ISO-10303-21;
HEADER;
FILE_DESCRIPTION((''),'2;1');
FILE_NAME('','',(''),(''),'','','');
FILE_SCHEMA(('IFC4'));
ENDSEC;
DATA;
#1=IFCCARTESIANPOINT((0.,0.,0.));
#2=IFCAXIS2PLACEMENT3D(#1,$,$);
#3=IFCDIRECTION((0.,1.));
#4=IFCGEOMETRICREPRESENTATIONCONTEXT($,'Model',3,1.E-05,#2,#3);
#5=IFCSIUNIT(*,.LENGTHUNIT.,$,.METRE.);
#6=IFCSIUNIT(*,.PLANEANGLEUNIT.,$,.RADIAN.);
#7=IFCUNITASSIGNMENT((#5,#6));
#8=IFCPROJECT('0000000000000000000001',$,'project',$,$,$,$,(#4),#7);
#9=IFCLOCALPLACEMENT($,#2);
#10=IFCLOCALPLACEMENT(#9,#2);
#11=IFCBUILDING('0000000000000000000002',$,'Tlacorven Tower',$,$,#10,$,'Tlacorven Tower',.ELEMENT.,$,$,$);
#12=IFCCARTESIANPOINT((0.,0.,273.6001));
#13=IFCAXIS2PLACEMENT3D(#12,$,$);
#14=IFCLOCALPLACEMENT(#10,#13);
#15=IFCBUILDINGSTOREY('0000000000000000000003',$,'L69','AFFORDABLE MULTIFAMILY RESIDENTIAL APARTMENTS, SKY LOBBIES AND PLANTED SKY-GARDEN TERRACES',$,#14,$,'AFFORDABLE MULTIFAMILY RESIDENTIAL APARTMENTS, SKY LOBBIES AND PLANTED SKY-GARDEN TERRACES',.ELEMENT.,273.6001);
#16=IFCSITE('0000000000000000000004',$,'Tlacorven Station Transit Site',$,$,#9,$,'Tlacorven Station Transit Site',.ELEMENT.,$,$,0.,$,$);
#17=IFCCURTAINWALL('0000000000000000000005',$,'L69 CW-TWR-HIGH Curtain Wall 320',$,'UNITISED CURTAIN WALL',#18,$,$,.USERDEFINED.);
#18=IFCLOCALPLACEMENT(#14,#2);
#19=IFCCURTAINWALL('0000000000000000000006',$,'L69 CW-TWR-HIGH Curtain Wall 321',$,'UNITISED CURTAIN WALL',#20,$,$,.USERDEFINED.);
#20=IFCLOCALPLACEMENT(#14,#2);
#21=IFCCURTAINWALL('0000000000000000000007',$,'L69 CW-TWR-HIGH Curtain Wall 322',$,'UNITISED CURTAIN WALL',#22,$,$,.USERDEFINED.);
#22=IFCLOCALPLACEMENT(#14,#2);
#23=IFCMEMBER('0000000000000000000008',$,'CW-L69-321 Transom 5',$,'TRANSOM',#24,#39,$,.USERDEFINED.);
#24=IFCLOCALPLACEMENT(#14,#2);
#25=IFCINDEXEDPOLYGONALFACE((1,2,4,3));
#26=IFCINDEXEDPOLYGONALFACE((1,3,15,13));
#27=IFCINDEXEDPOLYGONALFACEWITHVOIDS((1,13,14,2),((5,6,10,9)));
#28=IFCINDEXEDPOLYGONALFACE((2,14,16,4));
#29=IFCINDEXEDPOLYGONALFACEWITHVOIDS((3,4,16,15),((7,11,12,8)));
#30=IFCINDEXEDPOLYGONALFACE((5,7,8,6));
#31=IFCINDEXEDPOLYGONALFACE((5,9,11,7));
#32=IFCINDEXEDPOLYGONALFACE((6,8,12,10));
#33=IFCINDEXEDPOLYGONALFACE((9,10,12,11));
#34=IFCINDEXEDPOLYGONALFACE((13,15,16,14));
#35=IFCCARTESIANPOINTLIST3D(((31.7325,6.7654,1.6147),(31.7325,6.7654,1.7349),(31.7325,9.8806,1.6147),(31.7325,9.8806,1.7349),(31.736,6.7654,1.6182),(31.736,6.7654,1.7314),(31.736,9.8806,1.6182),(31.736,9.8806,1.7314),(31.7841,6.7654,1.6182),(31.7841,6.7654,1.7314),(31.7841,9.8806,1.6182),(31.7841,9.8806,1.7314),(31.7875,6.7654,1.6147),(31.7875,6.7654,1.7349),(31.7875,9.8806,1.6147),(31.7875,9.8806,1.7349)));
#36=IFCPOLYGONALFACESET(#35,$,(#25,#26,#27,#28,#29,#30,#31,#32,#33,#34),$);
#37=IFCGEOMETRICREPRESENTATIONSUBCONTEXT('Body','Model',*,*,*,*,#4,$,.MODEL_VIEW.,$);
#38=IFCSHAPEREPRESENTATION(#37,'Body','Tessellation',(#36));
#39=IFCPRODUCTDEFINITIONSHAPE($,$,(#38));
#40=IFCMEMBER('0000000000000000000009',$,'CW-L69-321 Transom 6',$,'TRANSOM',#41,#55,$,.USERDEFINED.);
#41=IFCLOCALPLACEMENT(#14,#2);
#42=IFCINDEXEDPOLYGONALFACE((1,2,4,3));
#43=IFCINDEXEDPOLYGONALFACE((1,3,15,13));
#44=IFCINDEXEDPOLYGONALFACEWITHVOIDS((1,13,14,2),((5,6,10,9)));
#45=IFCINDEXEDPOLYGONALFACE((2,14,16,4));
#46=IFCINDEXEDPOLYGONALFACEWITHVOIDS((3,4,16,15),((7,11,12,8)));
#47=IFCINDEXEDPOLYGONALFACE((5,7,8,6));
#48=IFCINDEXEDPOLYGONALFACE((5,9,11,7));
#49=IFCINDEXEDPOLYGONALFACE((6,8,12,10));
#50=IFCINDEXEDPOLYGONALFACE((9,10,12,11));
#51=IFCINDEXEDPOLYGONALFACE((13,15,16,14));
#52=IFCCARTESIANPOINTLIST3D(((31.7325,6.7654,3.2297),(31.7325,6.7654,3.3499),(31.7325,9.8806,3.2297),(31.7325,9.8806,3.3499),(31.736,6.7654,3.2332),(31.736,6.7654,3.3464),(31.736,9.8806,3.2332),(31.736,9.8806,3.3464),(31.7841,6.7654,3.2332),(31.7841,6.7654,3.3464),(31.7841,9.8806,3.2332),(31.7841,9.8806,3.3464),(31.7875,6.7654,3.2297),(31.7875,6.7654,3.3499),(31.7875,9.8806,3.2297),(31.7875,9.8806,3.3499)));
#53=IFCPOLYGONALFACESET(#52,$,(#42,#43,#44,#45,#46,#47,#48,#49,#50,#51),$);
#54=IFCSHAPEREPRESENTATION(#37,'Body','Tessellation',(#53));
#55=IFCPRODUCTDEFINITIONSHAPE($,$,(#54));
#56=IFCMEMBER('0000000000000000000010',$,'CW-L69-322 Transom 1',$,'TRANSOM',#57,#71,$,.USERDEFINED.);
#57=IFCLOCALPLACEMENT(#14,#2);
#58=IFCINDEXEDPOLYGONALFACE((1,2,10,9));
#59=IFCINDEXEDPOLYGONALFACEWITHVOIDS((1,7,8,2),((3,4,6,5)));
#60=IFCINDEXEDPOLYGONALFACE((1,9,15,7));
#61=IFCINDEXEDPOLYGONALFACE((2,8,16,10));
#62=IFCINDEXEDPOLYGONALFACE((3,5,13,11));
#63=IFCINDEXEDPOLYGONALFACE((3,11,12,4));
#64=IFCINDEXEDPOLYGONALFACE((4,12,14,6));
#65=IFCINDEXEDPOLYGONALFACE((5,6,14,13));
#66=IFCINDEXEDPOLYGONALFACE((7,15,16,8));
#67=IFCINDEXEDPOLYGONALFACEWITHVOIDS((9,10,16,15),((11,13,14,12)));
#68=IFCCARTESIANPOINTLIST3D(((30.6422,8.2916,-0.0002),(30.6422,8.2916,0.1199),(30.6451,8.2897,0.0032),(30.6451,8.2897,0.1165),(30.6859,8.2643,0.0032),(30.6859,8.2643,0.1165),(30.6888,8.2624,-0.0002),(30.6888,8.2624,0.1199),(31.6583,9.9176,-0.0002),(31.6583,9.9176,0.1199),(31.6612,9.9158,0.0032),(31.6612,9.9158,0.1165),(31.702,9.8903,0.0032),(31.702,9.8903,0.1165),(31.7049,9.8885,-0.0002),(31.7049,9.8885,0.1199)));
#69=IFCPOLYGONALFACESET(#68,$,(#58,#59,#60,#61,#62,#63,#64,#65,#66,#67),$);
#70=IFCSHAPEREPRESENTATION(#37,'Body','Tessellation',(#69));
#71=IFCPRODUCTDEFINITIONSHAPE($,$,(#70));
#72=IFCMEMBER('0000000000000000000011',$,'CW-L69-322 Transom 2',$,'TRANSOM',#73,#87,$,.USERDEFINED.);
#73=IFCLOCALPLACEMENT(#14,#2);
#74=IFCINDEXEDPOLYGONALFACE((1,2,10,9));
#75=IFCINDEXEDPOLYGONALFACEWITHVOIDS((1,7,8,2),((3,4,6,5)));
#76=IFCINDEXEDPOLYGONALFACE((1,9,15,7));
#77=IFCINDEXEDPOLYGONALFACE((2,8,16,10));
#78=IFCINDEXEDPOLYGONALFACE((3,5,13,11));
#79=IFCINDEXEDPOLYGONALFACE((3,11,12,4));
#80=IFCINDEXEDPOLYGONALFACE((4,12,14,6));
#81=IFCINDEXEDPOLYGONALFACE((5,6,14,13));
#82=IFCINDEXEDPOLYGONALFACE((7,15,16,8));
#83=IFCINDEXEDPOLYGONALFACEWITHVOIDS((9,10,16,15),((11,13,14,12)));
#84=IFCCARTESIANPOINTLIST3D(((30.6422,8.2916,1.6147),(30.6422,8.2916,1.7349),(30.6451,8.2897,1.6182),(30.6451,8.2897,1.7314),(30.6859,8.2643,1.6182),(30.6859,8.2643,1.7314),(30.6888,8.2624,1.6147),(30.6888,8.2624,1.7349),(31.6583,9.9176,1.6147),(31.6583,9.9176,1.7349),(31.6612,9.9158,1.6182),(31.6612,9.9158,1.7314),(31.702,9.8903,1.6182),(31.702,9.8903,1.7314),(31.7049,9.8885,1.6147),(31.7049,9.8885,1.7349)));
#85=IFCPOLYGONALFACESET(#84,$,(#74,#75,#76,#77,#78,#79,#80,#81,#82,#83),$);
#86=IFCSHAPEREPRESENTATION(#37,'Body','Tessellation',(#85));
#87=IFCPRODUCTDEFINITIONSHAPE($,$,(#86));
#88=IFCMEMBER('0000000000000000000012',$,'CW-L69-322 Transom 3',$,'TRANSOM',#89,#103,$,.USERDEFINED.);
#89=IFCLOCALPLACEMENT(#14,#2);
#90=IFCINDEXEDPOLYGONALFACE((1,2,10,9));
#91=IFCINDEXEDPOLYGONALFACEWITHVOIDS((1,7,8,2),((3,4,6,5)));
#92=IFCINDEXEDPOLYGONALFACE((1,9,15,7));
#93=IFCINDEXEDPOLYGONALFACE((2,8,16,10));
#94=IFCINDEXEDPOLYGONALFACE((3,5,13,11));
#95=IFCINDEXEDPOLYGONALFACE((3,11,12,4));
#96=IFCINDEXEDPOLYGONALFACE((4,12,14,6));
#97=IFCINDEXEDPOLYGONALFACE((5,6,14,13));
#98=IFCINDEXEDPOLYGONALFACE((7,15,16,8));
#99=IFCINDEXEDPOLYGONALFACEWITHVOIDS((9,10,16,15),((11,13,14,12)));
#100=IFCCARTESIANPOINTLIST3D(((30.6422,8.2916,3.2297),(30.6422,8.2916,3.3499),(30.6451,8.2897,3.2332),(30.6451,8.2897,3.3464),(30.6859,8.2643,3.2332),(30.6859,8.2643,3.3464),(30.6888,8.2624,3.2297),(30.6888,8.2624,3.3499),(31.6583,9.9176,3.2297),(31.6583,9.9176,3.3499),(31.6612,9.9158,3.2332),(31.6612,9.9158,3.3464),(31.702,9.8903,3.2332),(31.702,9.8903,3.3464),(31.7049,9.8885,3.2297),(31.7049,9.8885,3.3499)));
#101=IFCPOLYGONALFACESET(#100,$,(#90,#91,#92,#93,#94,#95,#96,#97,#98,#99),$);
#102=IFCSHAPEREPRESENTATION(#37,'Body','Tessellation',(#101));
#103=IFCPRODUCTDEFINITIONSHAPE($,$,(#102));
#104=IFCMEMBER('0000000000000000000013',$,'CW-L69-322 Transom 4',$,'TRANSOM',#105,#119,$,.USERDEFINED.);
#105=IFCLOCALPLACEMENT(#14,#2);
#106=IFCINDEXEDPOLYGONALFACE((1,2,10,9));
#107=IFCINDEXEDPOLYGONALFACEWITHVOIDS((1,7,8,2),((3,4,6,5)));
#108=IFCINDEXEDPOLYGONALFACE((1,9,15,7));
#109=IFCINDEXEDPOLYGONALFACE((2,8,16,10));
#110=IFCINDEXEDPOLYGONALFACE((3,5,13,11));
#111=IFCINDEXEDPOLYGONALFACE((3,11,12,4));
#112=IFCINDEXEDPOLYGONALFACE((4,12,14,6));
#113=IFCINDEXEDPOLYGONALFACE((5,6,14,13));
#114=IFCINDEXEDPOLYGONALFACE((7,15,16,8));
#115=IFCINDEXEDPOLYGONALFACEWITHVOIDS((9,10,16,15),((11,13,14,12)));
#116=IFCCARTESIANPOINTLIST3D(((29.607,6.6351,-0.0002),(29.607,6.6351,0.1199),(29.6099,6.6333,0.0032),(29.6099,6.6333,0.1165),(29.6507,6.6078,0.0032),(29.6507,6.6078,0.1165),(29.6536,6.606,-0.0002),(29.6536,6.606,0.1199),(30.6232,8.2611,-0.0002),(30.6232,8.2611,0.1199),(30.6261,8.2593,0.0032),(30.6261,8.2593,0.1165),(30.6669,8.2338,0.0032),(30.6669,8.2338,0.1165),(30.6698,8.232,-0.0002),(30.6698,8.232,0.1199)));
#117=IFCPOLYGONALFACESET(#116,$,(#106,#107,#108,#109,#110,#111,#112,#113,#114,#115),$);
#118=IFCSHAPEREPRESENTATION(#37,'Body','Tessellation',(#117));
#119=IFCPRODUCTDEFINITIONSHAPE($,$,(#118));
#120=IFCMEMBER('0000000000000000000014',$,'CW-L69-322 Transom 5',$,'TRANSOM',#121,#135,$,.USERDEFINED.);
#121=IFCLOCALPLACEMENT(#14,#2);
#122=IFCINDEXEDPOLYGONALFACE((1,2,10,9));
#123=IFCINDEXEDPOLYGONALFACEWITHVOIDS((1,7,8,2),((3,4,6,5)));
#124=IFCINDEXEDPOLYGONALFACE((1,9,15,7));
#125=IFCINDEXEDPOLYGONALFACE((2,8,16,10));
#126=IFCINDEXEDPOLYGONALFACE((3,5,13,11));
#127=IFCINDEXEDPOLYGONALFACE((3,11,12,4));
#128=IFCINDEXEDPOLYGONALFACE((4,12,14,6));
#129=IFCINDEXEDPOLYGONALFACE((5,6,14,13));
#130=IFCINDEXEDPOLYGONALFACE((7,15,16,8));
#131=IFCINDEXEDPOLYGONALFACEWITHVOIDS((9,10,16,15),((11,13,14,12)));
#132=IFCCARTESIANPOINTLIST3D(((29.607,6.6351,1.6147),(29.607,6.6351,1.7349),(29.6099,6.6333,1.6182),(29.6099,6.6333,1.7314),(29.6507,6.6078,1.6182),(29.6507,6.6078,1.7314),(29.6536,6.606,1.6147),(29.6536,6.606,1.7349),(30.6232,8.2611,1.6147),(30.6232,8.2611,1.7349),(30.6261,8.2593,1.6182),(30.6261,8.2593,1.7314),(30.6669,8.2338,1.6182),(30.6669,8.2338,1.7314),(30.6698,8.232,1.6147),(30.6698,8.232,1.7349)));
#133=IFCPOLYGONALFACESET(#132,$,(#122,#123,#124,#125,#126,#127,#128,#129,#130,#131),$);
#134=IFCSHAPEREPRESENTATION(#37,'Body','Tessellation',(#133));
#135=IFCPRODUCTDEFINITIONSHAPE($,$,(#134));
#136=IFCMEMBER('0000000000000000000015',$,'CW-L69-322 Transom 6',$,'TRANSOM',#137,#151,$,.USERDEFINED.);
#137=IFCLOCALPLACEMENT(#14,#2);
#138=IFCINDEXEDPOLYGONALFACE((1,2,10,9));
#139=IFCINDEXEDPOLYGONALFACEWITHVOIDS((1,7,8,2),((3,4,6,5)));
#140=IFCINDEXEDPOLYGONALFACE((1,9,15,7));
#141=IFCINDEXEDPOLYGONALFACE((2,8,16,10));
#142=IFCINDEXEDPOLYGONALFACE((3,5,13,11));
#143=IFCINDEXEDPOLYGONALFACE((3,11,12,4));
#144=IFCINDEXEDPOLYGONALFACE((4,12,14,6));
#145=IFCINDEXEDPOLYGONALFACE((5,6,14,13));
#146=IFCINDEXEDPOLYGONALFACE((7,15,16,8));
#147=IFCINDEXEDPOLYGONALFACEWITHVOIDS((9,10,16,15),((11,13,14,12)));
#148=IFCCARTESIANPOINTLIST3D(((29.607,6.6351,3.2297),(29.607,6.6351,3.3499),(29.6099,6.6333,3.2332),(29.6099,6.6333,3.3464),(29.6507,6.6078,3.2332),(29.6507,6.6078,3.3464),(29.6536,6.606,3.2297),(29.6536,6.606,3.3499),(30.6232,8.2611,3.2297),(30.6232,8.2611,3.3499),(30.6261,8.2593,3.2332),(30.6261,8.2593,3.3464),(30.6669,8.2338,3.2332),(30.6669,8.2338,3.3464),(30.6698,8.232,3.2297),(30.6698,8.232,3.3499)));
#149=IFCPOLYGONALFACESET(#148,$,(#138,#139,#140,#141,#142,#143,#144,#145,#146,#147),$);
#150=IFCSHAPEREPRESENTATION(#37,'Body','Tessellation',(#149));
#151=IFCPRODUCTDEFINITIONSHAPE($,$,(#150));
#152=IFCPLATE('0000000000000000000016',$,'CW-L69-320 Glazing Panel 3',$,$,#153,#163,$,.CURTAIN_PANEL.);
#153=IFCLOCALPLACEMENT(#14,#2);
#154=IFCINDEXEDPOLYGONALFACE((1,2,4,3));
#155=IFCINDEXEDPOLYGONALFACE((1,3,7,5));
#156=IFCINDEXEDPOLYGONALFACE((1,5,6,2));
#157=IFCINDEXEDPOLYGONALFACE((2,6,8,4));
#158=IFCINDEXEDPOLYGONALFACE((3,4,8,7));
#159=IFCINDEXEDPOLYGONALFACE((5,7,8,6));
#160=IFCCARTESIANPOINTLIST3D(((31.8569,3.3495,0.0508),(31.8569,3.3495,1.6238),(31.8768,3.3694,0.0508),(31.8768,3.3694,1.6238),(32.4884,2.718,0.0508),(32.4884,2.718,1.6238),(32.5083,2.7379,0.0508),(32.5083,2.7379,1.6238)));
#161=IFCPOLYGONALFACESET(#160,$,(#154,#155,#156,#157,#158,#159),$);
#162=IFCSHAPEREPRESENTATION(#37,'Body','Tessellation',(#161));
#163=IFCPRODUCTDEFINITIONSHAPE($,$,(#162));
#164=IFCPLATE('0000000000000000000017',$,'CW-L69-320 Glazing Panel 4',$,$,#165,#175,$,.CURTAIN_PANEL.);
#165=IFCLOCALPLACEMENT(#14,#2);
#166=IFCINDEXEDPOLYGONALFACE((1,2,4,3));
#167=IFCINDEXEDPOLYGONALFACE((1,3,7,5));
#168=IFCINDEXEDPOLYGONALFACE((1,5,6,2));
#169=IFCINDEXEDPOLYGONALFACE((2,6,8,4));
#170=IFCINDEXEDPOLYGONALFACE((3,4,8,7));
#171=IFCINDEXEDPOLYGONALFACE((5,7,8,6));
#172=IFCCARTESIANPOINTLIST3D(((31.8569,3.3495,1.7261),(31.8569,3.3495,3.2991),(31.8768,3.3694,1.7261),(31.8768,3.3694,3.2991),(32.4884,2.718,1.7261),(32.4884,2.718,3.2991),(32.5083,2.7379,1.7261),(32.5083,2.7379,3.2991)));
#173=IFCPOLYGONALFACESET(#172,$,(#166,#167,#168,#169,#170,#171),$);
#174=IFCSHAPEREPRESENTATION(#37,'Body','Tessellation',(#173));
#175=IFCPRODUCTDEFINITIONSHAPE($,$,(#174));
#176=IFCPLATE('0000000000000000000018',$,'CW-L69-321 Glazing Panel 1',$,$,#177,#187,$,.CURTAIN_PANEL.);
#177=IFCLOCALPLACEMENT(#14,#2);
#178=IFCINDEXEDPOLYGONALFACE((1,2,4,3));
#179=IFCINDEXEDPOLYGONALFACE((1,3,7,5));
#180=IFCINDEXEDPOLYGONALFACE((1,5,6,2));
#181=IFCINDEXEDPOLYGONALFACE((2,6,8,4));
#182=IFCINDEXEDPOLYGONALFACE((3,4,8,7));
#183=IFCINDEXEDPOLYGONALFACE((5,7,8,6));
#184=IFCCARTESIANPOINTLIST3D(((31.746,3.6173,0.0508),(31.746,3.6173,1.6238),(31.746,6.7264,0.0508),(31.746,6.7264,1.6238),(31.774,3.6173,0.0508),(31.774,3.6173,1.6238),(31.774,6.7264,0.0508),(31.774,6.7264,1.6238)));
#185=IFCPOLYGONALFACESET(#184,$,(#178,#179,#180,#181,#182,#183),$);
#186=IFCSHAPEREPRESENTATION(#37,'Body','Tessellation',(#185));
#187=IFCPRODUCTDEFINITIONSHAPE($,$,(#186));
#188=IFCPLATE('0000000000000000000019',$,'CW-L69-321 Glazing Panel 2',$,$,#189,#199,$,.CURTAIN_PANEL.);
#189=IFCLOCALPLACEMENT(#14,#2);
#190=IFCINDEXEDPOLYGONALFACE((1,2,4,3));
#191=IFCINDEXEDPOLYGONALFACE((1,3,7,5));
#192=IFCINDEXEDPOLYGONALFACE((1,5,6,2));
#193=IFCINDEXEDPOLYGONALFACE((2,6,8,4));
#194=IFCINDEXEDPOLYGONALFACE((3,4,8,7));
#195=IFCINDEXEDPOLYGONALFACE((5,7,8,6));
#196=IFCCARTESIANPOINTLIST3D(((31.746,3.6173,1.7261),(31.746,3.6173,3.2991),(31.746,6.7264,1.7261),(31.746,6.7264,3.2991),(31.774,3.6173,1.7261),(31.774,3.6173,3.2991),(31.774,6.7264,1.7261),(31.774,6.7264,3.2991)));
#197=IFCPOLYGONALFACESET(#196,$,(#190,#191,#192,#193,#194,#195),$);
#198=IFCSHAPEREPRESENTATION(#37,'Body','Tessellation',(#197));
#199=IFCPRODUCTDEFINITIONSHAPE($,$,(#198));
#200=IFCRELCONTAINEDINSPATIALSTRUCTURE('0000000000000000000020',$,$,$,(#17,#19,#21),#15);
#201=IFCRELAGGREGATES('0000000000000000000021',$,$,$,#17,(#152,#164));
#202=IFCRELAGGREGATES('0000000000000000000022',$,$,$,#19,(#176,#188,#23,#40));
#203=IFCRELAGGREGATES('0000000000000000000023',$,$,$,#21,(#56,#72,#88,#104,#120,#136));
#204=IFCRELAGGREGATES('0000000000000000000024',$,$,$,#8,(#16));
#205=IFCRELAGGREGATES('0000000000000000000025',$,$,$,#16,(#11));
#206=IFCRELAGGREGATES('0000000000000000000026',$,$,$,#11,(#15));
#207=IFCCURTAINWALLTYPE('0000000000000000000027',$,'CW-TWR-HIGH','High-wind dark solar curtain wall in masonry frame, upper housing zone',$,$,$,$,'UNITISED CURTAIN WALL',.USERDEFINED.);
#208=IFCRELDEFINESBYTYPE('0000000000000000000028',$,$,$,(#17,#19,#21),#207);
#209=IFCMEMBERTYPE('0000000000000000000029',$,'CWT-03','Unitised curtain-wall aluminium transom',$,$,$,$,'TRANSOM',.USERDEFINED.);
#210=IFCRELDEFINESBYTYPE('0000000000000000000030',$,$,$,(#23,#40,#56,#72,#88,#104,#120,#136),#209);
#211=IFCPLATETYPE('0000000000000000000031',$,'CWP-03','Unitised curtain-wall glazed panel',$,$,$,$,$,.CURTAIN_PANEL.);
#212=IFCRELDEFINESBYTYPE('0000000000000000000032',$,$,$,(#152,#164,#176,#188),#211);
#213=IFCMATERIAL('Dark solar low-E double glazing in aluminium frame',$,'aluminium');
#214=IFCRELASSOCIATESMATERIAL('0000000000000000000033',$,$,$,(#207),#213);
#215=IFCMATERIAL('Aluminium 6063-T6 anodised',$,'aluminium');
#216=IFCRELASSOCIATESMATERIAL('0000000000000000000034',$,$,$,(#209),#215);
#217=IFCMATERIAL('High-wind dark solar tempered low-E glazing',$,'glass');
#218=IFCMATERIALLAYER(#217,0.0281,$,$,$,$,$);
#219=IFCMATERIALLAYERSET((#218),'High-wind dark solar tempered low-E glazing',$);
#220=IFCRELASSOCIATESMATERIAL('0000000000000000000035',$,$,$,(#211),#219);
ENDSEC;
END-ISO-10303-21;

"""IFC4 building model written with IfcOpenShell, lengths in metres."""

from ifc_helpers import new_model, si_unit, direction, frame, origin, origin_2d, place, context, subcontext, project, spatial, rectangle, hollow_rectangle, extrude, source, transform, mapped, material, layer, layer_set, material_profile, profile_set, type_object, element, aggregate, save


model = new_model("IFC4")

# Units and contexts
model_context = context("Model", 3, precision=1e-05, world=origin(), true_north=direction((0.0, 1.0)))
body_context = subcontext(model_context, "Body", "Model", "MODEL_VIEW")
ifc_project = project(units=[si_unit("LENGTHUNIT", "METRE"), si_unit("PLANEANGLEUNIT", "RADIAN")], contexts=[model_context])

# Site, building, storey
site_placement = place(None, origin())
site = spatial("IfcSite", under=ifc_project, at=site_placement, Name="Tlacorven Station Transit Site", LongName="Tlacorven Station Transit Site", CompositionType="ELEMENT", RefElevation=0.0)
building_placement = place(site_placement, origin())
building = spatial("IfcBuilding", under=site, at=building_placement, Name="Tlacorven Tower", LongName="Tlacorven Tower", CompositionType="ELEMENT")
storey_placement = place(building_placement, frame((0.0, 0.0, 273.6001)))
storey = spatial("IfcBuildingStorey", under=building, at=storey_placement, Name="L69", Description="AFFORDABLE MULTIFAMILY RESIDENTIAL APARTMENTS, SKY LOBBIES AND PLANTED SKY-GARDEN TERRACES", LongName="AFFORDABLE MULTIFAMILY RESIDENTIAL APARTMENTS, SKY LOBBIES AND PLANTED SKY-GARDEN TERRACES", CompositionType="ELEMENT", Elevation=273.6001)

# Curtain walls
ifc_material_1 = material(Name="Dark solar low-E double glazing in aluminium frame", Category="aluminium")
curtain_wall_type = type_object("IfcCurtainWallType", Name="CW-TWR-HIGH", Description="High-wind dark solar curtain wall in masonry frame, upper housing zone", ElementType="UNITISED CURTAIN WALL", PredefinedType="USERDEFINED", material=ifc_material_1)
curtain_wall_1_placement = place(storey_placement, origin())
curtain_wall_1 = element("IfcCurtainWall", 1, at=curtain_wall_1_placement, inside=storey, type_object=curtain_wall_type, Name="L69 CW-TWR-HIGH Curtain Wall 320", ObjectType="UNITISED CURTAIN WALL", PredefinedType="USERDEFINED")
ifc_material_2 = material(Name="Aluminium 6063-T6 anodised", Category="aluminium")
ifc_material_profile_1 = material_profile(ifc_material_2, hollow_rectangle(XDim=0.0549, YDim=0.1201, WallThickness=0.0034, at=origin_2d()), Name="ALU TRANSOM 55X120")
ifc_profile_set_1 = profile_set([ifc_material_profile_1], Name="Aluminium 6063-T6 anodised")
member_type_1 = type_object("IfcMemberType", Name="CWT-03", Description="Unitised curtain-wall aluminium transom", ElementType="TRANSOM", PredefinedType="USERDEFINED", material=ifc_profile_set_1)
curtain_wall_2_placement = place(storey_placement, origin())
curtain_wall_2 = element("IfcCurtainWall", 2, at=curtain_wall_2_placement, inside=storey, type_object=curtain_wall_type, Name="L69 CW-TWR-HIGH Curtain Wall 321", ObjectType="UNITISED CURTAIN WALL", PredefinedType="USERDEFINED")
curtain_wall_3_placement = place(storey_placement, origin())
curtain_wall_3 = element("IfcCurtainWall", 3, at=curtain_wall_3_placement, inside=storey, type_object=curtain_wall_type, Name="L69 CW-TWR-HIGH Curtain Wall 322", ObjectType="UNITISED CURTAIN WALL", PredefinedType="USERDEFINED")

# Members
shared_shape_1 = source(origin(), body_context, "Body", "SweptSolid", [
    extrude(hollow_rectangle(XDim=0.0549, YDim=0.1201, WallThickness=0.0034, at=origin_2d()), origin(), (0.0, 0.0, 1.0), 3.1152),
])
member_1_placement = place(storey_placement, frame((31.76, 6.7654, 1.6748), z_axis=(0.0, 1.0, 0.0), x_axis=(-1.0, 0.0, 0.0)))
member_1 = element("IfcMember", 4, at=member_1_placement, type_object=member_type_1, Name="CW-L69-321 Transom 5", ObjectType="TRANSOM", PredefinedType="USERDEFINED", context=body_context, shape_type="MappedRepresentation", body=[
    mapped(shared_shape_1, transform((0.0, 0.0, 0.0), scale=1.0)),
])
member_2_placement = place(storey_placement, frame((31.76, 6.7654, 3.2898), z_axis=(0.0, 1.0, 0.0), x_axis=(-1.0, 0.0, 0.0)))
member_2 = element("IfcMember", 5, at=member_2_placement, type_object=member_type_1, Name="CW-L69-321 Transom 6", ObjectType="TRANSOM", PredefinedType="USERDEFINED", context=body_context, shape_type="MappedRepresentation", body=[
    mapped(shared_shape_1, transform((0.0, 0.0, 0.0), scale=1.0)),
])
shared_shape_2 = source(origin(), body_context, "Body", "SweptSolid", [
    extrude(hollow_rectangle(XDim=0.0549, YDim=0.1201, WallThickness=0.0034, at=origin_2d()), origin(), (0.0, 0.0, 1.0), 1.9175),
])
member_3_placement = place(storey_placement, frame((31.6816, 9.9031, 0.0598), z_axis=(-0.529953, -0.848027, 0.0), x_axis=(0.848027, -0.529953, 0.0)))
member_3 = element("IfcMember", 6, at=member_3_placement, type_object=member_type_1, Name="CW-L69-322 Transom 1", ObjectType="TRANSOM", PredefinedType="USERDEFINED", context=body_context, shape_type="MappedRepresentation", body=[
    mapped(shared_shape_2, transform((0.0, 0.0, 0.0), scale=1.0)),
])
member_4_placement = place(storey_placement, frame((31.6816, 9.9031, 1.6748), z_axis=(-0.529953, -0.848027, 0.0), x_axis=(0.848027, -0.529953, 0.0)))
member_4 = element("IfcMember", 7, at=member_4_placement, type_object=member_type_1, Name="CW-L69-322 Transom 2", ObjectType="TRANSOM", PredefinedType="USERDEFINED", context=body_context, shape_type="MappedRepresentation", body=[
    mapped(shared_shape_2, transform((0.0, 0.0, 0.0), scale=1.0)),
])
member_5_placement = place(storey_placement, frame((31.6816, 9.9031, 3.2898), z_axis=(-0.529953, -0.848027, 0.0), x_axis=(0.848027, -0.529953, 0.0)))
member_5 = element("IfcMember", 8, at=member_5_placement, type_object=member_type_1, Name="CW-L69-322 Transom 3", ObjectType="TRANSOM", PredefinedType="USERDEFINED", context=body_context, shape_type="MappedRepresentation", body=[
    mapped(shared_shape_2, transform((0.0, 0.0, 0.0), scale=1.0)),
])
member_6_placement = place(storey_placement, frame((30.6465, 8.2466, 0.0598), z_axis=(-0.529953, -0.848027, 0.0), x_axis=(0.848027, -0.529953, 0.0)))
member_6 = element("IfcMember", 9, at=member_6_placement, type_object=member_type_1, Name="CW-L69-322 Transom 4", ObjectType="TRANSOM", PredefinedType="USERDEFINED", context=body_context, shape_type="MappedRepresentation", body=[
    mapped(shared_shape_2, transform((0.0, 0.0, 0.0), scale=1.0)),
])
member_7_placement = place(storey_placement, frame((30.6465, 8.2466, 1.6748), z_axis=(-0.529953, -0.848027, 0.0), x_axis=(0.848027, -0.529953, 0.0)))
member_7 = element("IfcMember", 10, at=member_7_placement, type_object=member_type_1, Name="CW-L69-322 Transom 5", ObjectType="TRANSOM", PredefinedType="USERDEFINED", context=body_context, shape_type="MappedRepresentation", body=[
    mapped(shared_shape_2, transform((0.0, 0.0, 0.0), scale=1.0)),
])
member_8_placement = place(storey_placement, frame((30.6465, 8.2466, 3.2898), z_axis=(-0.529953, -0.848027, 0.0), x_axis=(0.848027, -0.529953, 0.0)))
member_8 = element("IfcMember", 11, at=member_8_placement, type_object=member_type_1, Name="CW-L69-322 Transom 6", ObjectType="TRANSOM", PredefinedType="USERDEFINED", context=body_context, shape_type="MappedRepresentation", body=[
    mapped(shared_shape_2, transform((0.0, 0.0, 0.0), scale=1.0)),
])

# Plates
ifc_material_3 = material(Name="High-wind dark solar tempered low-E glazing", Category="glass")
ifc_layer_1 = layer(ifc_material_3, 0.0281)
ifc_layer_set_1 = layer_set([ifc_layer_1], Name="High-wind dark solar tempered low-E glazing")
plate_type = type_object("IfcPlateType", Name="CWP-03", Description="Unitised curtain-wall glazed panel", PredefinedType="CURTAIN_PANEL", material=ifc_layer_set_1)
shared_shape_3 = source(origin(), body_context, "Body", "SweptSolid", [
    extrude(rectangle(XDim=0.8931, YDim=0.0281, at=origin_2d()), origin(), (0.0, 0.0, 1.0), 1.573),
])
plate_1_placement = place(storey_placement, frame((32.1826, 3.0437, 0.0508), z_axis=(0.0, 0.0, 1.0), x_axis=(-0.707107, 0.707107, 0.0)))
plate_1 = element("IfcPlate", 12, at=plate_1_placement, type_object=plate_type, Name="CW-L69-320 Glazing Panel 3", PredefinedType="CURTAIN_PANEL", context=body_context, shape_type="MappedRepresentation", body=[
    mapped(shared_shape_3, transform((0.0, 0.0, 0.0), scale=1.0)),
])
plate_2_placement = place(storey_placement, frame((32.1826, 3.0437, 1.7261), z_axis=(0.0, 0.0, 1.0), x_axis=(-0.707107, 0.707107, 0.0)))
plate_2 = element("IfcPlate", 13, at=plate_2_placement, type_object=plate_type, Name="CW-L69-320 Glazing Panel 4", PredefinedType="CURTAIN_PANEL", context=body_context, shape_type="MappedRepresentation", body=[
    mapped(shared_shape_3, transform((0.0, 0.0, 0.0), scale=1.0)),
])
aggregate(curtain_wall_1, [plate_1, plate_2])
shared_shape_4 = source(origin(), body_context, "Body", "SweptSolid", [
    extrude(rectangle(XDim=3.1091, YDim=0.0281, at=origin_2d()), origin(), (0.0, 0.0, 1.0), 1.573),
])
plate_3_placement = place(storey_placement, frame((31.76, 5.1719, 0.0508), z_axis=(0.0, 0.0, 1.0), x_axis=(0.0, 1.0, 0.0)))
plate_3 = element("IfcPlate", 14, at=plate_3_placement, type_object=plate_type, Name="CW-L69-321 Glazing Panel 1", PredefinedType="CURTAIN_PANEL", context=body_context, shape_type="MappedRepresentation", body=[
    mapped(shared_shape_4, transform((0.0, 0.0, 0.0), scale=1.0)),
])
plate_4_placement = place(storey_placement, frame((31.76, 5.1719, 1.7261), z_axis=(0.0, 0.0, 1.0), x_axis=(0.0, 1.0, 0.0)))
plate_4 = element("IfcPlate", 15, at=plate_4_placement, type_object=plate_type, Name="CW-L69-321 Glazing Panel 2", PredefinedType="CURTAIN_PANEL", context=body_context, shape_type="MappedRepresentation", body=[
    mapped(shared_shape_4, transform((0.0, 0.0, 0.0), scale=1.0)),
])
aggregate(curtain_wall_2, [plate_3, plate_4, member_1, member_2])
aggregate(curtain_wall_3, [member_3, member_4, member_5, member_6, member_7, member_8])

save(model, "model.ifc")
